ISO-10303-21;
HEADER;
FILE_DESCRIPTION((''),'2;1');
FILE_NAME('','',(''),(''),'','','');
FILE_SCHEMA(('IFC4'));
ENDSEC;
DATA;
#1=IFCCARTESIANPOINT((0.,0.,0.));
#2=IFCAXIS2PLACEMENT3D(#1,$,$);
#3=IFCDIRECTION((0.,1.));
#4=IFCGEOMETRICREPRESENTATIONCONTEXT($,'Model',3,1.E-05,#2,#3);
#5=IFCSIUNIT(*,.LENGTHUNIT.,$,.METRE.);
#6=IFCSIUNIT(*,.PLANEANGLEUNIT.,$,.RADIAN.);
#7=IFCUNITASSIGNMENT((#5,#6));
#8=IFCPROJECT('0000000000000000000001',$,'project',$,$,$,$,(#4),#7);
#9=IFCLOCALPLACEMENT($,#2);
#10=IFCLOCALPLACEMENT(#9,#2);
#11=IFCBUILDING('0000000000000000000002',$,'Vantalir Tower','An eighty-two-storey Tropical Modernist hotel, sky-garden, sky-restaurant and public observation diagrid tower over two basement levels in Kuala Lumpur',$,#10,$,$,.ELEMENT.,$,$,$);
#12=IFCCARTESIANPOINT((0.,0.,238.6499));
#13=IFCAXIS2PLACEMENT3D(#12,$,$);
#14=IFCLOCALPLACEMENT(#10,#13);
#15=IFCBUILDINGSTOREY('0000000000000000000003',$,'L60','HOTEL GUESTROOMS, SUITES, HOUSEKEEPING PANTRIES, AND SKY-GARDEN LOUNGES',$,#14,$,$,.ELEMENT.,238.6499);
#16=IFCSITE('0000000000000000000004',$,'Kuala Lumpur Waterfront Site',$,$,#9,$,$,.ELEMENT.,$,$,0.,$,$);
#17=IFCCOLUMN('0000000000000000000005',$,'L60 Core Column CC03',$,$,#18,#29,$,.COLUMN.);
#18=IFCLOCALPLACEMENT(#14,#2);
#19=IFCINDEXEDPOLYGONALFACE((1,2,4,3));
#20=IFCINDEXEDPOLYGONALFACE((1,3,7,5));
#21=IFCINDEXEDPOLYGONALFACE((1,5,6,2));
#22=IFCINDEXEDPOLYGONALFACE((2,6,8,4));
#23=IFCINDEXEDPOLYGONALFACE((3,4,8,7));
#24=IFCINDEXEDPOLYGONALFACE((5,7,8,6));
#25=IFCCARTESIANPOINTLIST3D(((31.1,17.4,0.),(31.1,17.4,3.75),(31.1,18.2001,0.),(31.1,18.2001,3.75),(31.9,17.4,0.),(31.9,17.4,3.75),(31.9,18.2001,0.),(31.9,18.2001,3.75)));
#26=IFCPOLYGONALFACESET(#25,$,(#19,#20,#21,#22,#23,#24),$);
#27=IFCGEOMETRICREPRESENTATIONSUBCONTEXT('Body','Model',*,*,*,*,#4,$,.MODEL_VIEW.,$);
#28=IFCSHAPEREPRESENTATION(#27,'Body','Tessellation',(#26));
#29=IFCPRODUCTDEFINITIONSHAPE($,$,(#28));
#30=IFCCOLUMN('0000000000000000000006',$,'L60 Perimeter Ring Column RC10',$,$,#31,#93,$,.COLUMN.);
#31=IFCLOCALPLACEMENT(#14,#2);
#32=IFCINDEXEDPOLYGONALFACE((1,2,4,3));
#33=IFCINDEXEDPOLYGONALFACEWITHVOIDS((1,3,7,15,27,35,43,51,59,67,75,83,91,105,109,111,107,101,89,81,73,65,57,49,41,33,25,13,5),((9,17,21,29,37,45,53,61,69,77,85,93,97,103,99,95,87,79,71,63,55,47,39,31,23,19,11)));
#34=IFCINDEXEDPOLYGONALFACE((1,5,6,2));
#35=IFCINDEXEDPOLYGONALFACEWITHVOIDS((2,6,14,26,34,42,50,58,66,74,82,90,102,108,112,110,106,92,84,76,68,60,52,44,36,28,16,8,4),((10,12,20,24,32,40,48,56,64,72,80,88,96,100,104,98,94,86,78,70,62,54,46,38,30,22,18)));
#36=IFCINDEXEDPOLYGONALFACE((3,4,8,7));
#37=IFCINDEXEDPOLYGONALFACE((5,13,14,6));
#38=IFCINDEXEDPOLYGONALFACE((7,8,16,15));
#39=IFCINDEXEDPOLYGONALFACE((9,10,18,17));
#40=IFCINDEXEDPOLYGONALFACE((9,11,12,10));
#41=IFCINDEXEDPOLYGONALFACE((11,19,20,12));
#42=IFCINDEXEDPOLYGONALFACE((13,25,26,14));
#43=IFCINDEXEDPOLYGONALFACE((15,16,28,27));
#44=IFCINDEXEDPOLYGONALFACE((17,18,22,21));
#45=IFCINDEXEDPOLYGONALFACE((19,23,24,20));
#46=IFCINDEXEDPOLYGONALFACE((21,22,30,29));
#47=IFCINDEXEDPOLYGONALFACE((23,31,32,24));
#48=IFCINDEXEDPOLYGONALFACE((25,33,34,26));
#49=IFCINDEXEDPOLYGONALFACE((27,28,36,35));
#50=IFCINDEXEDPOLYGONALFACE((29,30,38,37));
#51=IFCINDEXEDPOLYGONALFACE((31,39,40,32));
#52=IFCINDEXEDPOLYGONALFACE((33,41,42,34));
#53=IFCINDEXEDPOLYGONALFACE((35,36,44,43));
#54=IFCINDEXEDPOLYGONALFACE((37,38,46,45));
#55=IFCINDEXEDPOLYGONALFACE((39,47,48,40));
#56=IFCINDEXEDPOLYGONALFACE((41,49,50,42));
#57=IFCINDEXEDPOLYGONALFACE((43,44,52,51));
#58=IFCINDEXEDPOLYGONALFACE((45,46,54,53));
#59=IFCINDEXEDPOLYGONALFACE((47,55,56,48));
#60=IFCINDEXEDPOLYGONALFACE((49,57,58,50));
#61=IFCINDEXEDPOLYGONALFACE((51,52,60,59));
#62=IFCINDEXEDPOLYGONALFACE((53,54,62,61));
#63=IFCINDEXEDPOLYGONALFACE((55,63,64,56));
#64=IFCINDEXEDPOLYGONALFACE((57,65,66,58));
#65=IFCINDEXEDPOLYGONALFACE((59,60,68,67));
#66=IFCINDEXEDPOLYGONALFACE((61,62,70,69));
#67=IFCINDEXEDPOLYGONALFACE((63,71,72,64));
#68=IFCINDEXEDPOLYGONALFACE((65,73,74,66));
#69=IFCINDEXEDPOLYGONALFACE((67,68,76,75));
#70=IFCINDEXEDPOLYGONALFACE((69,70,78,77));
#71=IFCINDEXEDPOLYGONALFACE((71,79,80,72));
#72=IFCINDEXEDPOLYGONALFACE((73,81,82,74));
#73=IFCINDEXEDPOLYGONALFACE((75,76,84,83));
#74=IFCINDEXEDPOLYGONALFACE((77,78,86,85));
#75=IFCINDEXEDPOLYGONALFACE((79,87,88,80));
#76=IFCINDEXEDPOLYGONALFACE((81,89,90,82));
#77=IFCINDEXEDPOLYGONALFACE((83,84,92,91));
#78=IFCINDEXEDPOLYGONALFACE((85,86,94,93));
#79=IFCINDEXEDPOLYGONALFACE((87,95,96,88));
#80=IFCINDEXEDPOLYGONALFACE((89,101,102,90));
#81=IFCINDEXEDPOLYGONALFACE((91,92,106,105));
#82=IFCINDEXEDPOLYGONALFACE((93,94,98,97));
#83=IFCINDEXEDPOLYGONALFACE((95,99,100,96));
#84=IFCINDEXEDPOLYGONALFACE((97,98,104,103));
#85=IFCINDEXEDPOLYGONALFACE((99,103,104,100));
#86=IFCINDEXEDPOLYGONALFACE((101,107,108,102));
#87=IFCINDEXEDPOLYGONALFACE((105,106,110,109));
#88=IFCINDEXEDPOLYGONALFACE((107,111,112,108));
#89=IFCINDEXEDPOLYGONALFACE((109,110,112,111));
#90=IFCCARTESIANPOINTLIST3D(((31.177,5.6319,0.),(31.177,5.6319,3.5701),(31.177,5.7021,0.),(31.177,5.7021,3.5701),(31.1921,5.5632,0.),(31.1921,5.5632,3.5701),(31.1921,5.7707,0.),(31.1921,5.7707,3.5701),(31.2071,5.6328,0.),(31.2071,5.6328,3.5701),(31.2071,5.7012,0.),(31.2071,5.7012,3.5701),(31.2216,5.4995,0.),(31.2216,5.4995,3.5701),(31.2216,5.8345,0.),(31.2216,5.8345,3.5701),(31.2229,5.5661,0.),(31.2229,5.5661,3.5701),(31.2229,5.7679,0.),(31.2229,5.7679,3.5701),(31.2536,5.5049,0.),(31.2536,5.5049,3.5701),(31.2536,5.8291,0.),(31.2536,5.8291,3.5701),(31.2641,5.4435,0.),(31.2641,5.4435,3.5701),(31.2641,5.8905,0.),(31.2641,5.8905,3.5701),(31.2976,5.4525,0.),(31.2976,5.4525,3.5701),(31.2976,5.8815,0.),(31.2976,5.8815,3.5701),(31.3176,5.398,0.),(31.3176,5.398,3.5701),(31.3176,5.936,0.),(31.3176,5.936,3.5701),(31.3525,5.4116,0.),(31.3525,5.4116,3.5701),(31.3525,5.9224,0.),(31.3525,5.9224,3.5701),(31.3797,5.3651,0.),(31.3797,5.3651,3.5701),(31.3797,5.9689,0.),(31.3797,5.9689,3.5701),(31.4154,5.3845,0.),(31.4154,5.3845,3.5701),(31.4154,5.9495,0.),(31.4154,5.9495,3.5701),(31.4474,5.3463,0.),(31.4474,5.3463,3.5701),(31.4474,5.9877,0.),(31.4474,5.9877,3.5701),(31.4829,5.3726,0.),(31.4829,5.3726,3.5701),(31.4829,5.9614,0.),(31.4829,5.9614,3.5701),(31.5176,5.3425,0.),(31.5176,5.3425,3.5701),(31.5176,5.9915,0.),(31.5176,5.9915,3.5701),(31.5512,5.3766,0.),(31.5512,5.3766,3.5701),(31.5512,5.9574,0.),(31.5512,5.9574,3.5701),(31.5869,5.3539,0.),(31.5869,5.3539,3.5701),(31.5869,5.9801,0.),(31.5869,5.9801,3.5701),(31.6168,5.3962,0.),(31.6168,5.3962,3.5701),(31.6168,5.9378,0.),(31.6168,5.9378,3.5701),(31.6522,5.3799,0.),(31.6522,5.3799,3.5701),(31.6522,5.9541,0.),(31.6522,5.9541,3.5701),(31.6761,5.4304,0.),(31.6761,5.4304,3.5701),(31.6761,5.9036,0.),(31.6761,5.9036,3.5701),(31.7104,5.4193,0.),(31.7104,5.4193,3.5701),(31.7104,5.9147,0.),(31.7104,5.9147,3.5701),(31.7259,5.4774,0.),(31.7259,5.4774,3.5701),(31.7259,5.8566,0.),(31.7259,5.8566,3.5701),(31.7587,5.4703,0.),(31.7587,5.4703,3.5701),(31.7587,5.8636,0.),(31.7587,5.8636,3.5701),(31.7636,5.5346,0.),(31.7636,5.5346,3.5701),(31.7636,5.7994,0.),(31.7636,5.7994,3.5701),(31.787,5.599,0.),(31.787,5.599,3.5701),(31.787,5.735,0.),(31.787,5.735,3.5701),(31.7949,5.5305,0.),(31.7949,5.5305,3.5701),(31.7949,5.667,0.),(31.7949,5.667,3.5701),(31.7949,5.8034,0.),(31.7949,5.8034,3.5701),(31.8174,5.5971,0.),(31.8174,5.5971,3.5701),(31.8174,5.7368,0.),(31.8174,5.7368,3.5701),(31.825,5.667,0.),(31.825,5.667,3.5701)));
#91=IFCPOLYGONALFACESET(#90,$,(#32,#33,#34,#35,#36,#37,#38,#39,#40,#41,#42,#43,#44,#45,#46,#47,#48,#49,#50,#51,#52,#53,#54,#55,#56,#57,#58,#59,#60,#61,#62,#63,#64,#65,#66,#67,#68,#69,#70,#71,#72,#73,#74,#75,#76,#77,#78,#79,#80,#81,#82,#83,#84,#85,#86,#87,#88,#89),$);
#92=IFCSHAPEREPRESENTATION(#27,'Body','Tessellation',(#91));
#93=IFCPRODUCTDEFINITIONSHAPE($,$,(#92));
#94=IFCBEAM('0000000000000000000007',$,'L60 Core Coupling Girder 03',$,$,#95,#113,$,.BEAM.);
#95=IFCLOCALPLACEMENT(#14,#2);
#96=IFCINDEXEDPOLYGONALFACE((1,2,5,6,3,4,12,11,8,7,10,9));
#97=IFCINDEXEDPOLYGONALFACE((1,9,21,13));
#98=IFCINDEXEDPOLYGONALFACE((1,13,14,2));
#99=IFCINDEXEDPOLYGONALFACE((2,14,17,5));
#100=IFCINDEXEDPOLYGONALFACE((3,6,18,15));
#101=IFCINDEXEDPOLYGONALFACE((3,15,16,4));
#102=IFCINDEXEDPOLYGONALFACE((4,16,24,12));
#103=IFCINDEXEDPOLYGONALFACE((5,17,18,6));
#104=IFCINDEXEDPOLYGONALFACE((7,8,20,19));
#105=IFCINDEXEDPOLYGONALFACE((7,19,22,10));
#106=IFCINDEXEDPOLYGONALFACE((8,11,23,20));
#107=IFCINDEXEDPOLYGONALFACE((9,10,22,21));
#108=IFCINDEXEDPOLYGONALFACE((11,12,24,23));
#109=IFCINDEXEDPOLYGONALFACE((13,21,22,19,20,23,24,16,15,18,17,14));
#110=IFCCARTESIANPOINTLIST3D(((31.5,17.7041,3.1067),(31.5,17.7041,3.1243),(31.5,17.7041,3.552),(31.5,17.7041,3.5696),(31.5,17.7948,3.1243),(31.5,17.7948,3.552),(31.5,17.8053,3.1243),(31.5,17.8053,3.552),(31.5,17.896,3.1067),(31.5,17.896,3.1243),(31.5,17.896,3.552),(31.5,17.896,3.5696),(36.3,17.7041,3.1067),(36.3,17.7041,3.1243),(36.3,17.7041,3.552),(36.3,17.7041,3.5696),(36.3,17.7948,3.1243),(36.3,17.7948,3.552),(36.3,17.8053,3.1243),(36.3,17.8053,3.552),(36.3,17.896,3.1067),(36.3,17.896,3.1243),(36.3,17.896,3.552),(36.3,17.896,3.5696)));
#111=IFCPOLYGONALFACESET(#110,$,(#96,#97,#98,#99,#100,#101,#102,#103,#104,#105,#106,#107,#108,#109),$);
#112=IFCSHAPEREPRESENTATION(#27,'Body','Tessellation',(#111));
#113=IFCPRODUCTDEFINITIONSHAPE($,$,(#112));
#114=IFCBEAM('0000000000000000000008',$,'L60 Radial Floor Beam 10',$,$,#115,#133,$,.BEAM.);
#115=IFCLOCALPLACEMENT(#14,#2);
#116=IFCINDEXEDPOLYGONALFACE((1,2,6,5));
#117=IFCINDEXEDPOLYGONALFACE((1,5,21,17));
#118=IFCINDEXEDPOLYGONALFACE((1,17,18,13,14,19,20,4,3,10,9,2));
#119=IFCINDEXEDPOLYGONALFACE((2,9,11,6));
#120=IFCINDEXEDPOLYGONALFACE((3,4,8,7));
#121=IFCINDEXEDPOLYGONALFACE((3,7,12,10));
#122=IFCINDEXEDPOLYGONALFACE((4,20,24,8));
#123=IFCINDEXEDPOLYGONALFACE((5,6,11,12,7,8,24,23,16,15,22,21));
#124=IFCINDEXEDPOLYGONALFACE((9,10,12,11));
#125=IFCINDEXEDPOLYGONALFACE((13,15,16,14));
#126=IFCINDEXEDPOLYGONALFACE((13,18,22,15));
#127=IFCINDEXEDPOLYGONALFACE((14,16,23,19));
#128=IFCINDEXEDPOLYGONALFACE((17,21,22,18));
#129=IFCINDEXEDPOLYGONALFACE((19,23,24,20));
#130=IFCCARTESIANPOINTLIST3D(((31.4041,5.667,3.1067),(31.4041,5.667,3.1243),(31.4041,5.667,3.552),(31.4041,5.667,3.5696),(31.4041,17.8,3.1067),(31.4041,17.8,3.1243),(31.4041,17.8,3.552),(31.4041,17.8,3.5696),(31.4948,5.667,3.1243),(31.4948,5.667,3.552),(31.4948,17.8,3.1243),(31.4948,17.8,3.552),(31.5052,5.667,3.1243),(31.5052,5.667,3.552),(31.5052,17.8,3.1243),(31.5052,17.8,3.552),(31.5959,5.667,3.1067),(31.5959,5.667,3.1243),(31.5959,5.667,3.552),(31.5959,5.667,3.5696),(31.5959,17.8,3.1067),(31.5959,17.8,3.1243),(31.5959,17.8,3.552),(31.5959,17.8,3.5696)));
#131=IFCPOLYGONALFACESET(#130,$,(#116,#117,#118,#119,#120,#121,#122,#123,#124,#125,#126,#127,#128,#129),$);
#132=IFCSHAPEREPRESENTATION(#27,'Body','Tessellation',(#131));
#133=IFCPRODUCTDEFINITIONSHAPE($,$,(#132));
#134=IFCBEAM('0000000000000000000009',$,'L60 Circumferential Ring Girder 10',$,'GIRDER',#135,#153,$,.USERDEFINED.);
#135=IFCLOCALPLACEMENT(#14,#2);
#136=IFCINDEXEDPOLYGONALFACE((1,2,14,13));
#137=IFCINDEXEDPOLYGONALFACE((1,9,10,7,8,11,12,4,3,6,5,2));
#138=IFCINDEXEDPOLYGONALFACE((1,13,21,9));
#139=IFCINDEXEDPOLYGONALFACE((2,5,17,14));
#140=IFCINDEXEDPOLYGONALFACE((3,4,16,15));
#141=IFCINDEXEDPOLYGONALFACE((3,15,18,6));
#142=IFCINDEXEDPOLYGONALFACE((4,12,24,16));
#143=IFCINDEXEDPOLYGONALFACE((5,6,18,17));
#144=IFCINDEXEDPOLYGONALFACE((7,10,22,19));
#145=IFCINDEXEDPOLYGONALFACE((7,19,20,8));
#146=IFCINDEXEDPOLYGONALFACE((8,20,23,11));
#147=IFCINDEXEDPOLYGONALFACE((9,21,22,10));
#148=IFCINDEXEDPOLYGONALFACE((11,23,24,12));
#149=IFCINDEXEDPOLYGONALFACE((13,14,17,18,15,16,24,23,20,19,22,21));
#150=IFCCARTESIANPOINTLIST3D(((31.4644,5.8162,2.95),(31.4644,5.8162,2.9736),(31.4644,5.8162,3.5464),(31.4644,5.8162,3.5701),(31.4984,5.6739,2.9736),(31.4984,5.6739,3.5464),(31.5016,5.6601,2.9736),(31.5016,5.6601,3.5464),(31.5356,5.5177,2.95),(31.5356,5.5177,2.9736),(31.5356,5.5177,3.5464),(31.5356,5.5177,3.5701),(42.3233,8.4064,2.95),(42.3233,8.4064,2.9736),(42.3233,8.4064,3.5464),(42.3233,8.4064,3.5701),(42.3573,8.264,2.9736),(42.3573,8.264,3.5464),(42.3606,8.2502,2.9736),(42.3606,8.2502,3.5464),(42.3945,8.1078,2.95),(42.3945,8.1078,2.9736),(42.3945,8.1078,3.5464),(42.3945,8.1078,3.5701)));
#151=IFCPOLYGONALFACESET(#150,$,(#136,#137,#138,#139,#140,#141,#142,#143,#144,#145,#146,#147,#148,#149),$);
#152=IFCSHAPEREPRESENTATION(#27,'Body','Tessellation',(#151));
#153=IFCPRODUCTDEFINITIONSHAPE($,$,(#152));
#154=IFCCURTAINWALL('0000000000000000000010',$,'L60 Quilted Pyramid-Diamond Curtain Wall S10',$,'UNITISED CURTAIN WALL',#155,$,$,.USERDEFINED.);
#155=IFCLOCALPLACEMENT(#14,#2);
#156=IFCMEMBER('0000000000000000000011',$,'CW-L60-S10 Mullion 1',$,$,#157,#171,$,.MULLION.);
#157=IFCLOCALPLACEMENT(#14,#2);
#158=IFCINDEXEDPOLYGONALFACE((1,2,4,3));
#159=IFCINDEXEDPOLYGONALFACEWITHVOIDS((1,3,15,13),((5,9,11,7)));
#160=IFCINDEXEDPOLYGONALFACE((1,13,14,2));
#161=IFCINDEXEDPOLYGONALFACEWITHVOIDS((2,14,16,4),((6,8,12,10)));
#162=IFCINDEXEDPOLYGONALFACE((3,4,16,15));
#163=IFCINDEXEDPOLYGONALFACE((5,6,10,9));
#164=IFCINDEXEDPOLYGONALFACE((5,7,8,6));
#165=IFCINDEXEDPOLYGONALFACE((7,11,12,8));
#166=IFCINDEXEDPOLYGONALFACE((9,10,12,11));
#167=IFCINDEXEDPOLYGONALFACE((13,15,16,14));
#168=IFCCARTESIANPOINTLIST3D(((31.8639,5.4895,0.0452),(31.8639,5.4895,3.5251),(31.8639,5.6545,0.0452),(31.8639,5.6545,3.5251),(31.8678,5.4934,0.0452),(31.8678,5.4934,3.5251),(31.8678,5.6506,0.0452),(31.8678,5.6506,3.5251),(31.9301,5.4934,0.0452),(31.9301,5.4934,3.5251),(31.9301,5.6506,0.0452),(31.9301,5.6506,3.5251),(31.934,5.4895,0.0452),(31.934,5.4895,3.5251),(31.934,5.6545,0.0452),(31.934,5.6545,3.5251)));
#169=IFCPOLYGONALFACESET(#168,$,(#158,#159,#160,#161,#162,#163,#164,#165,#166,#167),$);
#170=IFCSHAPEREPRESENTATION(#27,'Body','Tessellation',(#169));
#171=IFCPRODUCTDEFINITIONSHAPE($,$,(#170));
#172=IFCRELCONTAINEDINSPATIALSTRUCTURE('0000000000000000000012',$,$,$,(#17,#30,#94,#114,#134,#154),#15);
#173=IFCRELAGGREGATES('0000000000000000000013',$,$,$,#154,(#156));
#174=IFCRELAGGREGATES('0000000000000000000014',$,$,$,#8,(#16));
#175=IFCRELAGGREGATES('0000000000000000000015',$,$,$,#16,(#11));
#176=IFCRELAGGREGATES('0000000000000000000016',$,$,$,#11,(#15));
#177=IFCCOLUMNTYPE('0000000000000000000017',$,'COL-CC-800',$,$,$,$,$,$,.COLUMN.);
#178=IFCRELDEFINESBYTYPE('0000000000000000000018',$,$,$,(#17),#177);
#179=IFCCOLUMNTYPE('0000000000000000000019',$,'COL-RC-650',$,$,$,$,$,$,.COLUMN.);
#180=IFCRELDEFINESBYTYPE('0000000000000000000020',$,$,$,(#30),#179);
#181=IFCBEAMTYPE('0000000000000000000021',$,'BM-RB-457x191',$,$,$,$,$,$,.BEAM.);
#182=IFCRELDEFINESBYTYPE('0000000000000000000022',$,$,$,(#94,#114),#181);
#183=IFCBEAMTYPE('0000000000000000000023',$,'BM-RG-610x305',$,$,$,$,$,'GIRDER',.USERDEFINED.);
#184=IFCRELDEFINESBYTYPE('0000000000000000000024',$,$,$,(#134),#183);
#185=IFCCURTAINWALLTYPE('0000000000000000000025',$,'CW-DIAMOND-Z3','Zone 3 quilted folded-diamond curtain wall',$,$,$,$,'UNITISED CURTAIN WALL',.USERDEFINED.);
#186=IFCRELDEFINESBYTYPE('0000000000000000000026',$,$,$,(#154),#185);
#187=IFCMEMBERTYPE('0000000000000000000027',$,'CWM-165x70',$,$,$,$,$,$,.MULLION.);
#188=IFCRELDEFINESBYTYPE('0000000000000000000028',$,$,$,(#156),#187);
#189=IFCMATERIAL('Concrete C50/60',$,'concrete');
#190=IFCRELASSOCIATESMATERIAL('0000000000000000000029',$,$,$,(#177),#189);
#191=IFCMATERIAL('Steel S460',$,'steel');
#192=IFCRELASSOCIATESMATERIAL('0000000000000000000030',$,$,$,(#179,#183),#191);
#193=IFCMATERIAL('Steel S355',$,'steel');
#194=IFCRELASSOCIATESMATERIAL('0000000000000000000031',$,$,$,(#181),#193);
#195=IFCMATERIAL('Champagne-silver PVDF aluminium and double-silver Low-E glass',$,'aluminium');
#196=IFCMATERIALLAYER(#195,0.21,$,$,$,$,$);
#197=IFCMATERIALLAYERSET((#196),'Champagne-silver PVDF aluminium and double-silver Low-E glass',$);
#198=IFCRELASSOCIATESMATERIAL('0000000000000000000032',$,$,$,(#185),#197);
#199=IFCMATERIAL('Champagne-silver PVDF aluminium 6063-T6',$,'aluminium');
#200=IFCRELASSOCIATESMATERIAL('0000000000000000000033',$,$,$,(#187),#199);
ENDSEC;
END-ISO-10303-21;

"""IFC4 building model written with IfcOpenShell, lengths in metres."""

from ifc_helpers import new_model, si_unit, direction, frame, origin, origin_2d, place, context, subcontext, project, spatial, rectangle, hollow_rectangle, hollow_circle, i_section, extrude, material, layer, layer_set, material_profile, profile_set, type_object, element, aggregate, save


model = new_model("IFC4")

# Units and contexts
model_context = context("Model", 3, precision=1e-05, world=origin(), true_north=direction((0.0, 1.0)))
body_context = subcontext(model_context, "Body", "Model", "MODEL_VIEW")
ifc_project = project(units=[si_unit("LENGTHUNIT", "METRE"), si_unit("PLANEANGLEUNIT", "RADIAN")], contexts=[model_context])

# Site, building, storey
site_placement = place(None, origin())
site = spatial("IfcSite", under=ifc_project, at=site_placement, Name="Kuala Lumpur Waterfront Site", CompositionType="ELEMENT", RefElevation=0.0)
building_placement = place(site_placement, origin())
building = spatial("IfcBuilding", under=site, at=building_placement, Name="Vantalir Tower", Description="An eighty-two-storey Tropical Modernist hotel, sky-garden, sky-restaurant and public observation diagrid tower over two basement levels in Kuala Lumpur", CompositionType="ELEMENT")
storey_placement = place(building_placement, frame((0.0, 0.0, 238.6499)))
storey = spatial("IfcBuildingStorey", under=building, at=storey_placement, Name="L60", Description="HOTEL GUESTROOMS, SUITES, HOUSEKEEPING PANTRIES, AND SKY-GARDEN LOUNGES", CompositionType="ELEMENT", Elevation=238.6499)

# Columns
ifc_material_1 = material(Name="Concrete C50/60", Category="concrete")
ifc_material_profile_1 = material_profile(ifc_material_1, rectangle(XDim=0.8, YDim=0.8, at=origin_2d()), Name="Concrete C50/60")
ifc_profile_set_1 = profile_set([ifc_material_profile_1], Name="Concrete C50/60")
column_type_1 = type_object("IfcColumnType", Name="COL-CC-800", PredefinedType="COLUMN", material=ifc_profile_set_1)
column_1_placement = place(storey_placement, frame((31.5, 17.8, 0.0), z_axis=(0.0, 0.0, 1.0), x_axis=(1.0, 0.0, 0.0)))
element("IfcColumn", 1, at=column_1_placement, inside=storey, type_object=column_type_1, Name="L60 Core Column CC03", PredefinedType="COLUMN", context=body_context, shape_type="SweptSolid", body=[
    extrude(rectangle(XDim=0.8, YDim=0.8, at=origin_2d()), origin(), (0.0, 0.0, 1.0), 3.75),
])
ifc_material_2 = material(Name="Steel S460", Category="steel")
ifc_material_profile_2 = material_profile(ifc_material_2, hollow_circle(Radius=0.325, WallThickness=0.03, at=origin_2d()), Name="Steel S460")
ifc_profile_set_2 = profile_set([ifc_material_profile_2], Name="Steel S460")
column_type_2 = type_object("IfcColumnType", Name="COL-RC-650", PredefinedType="COLUMN", material=ifc_profile_set_2)
column_2_placement = place(storey_placement, frame((31.5, 5.667, 0.0), z_axis=(0.0, 0.0, 1.0), x_axis=(1.0, 0.0, 0.0)))
element("IfcColumn", 2, at=column_2_placement, inside=storey, type_object=column_type_2, Name="L60 Perimeter Ring Column RC10", PredefinedType="COLUMN", context=body_context, shape_type="SweptSolid", body=[
    extrude(hollow_circle(Radius=0.325, WallThickness=0.03, at=origin_2d()), origin(), (0.0, 0.0, 1.0), 3.5701),
])

# Beams
ifc_material_3 = material(Name="Steel S355", Category="steel")
ifc_material_profile_3 = material_profile(ifc_material_3, i_section(OverallWidth=0.1919, OverallDepth=0.4629, WebThickness=0.0105, FlangeThickness=0.0176, at=origin_2d()), Name="Steel S355")
ifc_profile_set_3 = profile_set([ifc_material_profile_3], Name="Steel S355")
beam_type_1 = type_object("IfcBeamType", Name="BM-RB-457x191", PredefinedType="BEAM", material=ifc_profile_set_3)
beam_1_placement = place(storey_placement, frame((31.5, 17.8, 3.3381), z_axis=(1.0, 0.0, 0.0), x_axis=(0.0, 1.0, 0.0)))
element("IfcBeam", 3, at=beam_1_placement, inside=storey, type_object=beam_type_1, Name="L60 Core Coupling Girder 03", PredefinedType="BEAM", context=body_context, shape_type="SweptSolid", body=[
    extrude(i_section(OverallWidth=0.1919, OverallDepth=0.4629, WebThickness=0.0105, FlangeThickness=0.0176, at=origin_2d()), origin(), (0.0, 0.0, 1.0), 4.8),
])
beam_2_placement = place(storey_placement, frame((31.5, 5.667, 3.3381), z_axis=(0.0, 1.0, 0.0), x_axis=(-1.0, 0.0, 0.0)))
element("IfcBeam", 4, at=beam_2_placement, inside=storey, type_object=beam_type_1, Name="L60 Radial Floor Beam 10", PredefinedType="BEAM", context=body_context, shape_type="SweptSolid", body=[
    extrude(i_section(OverallWidth=0.1919, OverallDepth=0.4629, WebThickness=0.0105, FlangeThickness=0.0176, at=origin_2d()), origin(), (0.0, 0.0, 1.0), 12.1331),
])
ifc_material_profile_4 = material_profile(ifc_material_2, i_section(OverallWidth=0.3069, OverallDepth=0.6201, WebThickness=0.0142, FlangeThickness=0.0237, at=origin_2d()), Name="Steel S460")
ifc_profile_set_4 = profile_set([ifc_material_profile_4], Name="Steel S460")
beam_type_2 = type_object("IfcBeamType", Name="BM-RG-610x305", ElementType="GIRDER", PredefinedType="USERDEFINED", material=ifc_profile_set_4)
beam_3_placement = place(storey_placement, frame((31.5, 5.667, 3.26), z_axis=(0.972713, 0.232014, 0.0), x_axis=(-0.232014, 0.972713, 0.0)))
element("IfcBeam", 5, at=beam_3_placement, inside=storey, type_object=beam_type_2, Name="L60 Circumferential Ring Girder 10", ObjectType="GIRDER", PredefinedType="USERDEFINED", context=body_context, shape_type="SweptSolid", body=[
    extrude(i_section(OverallWidth=0.3069, OverallDepth=0.6201, WebThickness=0.0142, FlangeThickness=0.0237, at=origin_2d()), origin(), (0.0, 0.0, 1.0), 11.1636),
])

# Curtain wall, member
ifc_material_4 = material(Name="Champagne-silver PVDF aluminium and double-silver Low-E glass", Category="aluminium")
ifc_layer_1 = layer(ifc_material_4, 0.21)
ifc_layer_set_1 = layer_set([ifc_layer_1], Name="Champagne-silver PVDF aluminium and double-silver Low-E glass")
curtain_wall_type = type_object("IfcCurtainWallType", Name="CW-DIAMOND-Z3", Description="Zone 3 quilted folded-diamond curtain wall", ElementType="UNITISED CURTAIN WALL", PredefinedType="USERDEFINED", material=ifc_layer_set_1)
curtain_wall_placement = place(storey_placement, origin())
curtain_wall = element("IfcCurtainWall", 6, at=curtain_wall_placement, inside=storey, type_object=curtain_wall_type, Name="L60 Quilted Pyramid-Diamond Curtain Wall S10", ObjectType="UNITISED CURTAIN WALL", PredefinedType="USERDEFINED")
ifc_material_5 = material(Name="Champagne-silver PVDF aluminium 6063-T6", Category="aluminium")
ifc_material_profile_5 = material_profile(ifc_material_5, hollow_rectangle(XDim=0.0701, YDim=0.165, WallThickness=0.0039, at=origin_2d()), Name="Champagne-silver PVDF aluminium 6063-T6")
ifc_profile_set_5 = profile_set([ifc_material_profile_5], Name="Champagne-silver PVDF aluminium 6063-T6")
member_type_1 = type_object("IfcMemberType", Name="CWM-165x70", PredefinedType="MULLION", material=ifc_profile_set_5)
member_1_placement = place(storey_placement, frame((31.8989, 5.572, 0.0452), z_axis=(0.0, 0.0, 1.0), x_axis=(1.0, 0.0, 0.0)))
member_1 = element("IfcMember", 7, at=member_1_placement, type_object=member_type_1, Name="CW-L60-S10 Mullion 1", PredefinedType="MULLION", context=body_context, shape_type="SweptSolid", body=[
    extrude(hollow_rectangle(XDim=0.0701, YDim=0.165, WallThickness=0.0039, at=origin_2d()), origin(), (0.0, 0.0, 1.0), 3.48),
])
aggregate(curtain_wall, [member_1])

save(model, "model.ifc")
